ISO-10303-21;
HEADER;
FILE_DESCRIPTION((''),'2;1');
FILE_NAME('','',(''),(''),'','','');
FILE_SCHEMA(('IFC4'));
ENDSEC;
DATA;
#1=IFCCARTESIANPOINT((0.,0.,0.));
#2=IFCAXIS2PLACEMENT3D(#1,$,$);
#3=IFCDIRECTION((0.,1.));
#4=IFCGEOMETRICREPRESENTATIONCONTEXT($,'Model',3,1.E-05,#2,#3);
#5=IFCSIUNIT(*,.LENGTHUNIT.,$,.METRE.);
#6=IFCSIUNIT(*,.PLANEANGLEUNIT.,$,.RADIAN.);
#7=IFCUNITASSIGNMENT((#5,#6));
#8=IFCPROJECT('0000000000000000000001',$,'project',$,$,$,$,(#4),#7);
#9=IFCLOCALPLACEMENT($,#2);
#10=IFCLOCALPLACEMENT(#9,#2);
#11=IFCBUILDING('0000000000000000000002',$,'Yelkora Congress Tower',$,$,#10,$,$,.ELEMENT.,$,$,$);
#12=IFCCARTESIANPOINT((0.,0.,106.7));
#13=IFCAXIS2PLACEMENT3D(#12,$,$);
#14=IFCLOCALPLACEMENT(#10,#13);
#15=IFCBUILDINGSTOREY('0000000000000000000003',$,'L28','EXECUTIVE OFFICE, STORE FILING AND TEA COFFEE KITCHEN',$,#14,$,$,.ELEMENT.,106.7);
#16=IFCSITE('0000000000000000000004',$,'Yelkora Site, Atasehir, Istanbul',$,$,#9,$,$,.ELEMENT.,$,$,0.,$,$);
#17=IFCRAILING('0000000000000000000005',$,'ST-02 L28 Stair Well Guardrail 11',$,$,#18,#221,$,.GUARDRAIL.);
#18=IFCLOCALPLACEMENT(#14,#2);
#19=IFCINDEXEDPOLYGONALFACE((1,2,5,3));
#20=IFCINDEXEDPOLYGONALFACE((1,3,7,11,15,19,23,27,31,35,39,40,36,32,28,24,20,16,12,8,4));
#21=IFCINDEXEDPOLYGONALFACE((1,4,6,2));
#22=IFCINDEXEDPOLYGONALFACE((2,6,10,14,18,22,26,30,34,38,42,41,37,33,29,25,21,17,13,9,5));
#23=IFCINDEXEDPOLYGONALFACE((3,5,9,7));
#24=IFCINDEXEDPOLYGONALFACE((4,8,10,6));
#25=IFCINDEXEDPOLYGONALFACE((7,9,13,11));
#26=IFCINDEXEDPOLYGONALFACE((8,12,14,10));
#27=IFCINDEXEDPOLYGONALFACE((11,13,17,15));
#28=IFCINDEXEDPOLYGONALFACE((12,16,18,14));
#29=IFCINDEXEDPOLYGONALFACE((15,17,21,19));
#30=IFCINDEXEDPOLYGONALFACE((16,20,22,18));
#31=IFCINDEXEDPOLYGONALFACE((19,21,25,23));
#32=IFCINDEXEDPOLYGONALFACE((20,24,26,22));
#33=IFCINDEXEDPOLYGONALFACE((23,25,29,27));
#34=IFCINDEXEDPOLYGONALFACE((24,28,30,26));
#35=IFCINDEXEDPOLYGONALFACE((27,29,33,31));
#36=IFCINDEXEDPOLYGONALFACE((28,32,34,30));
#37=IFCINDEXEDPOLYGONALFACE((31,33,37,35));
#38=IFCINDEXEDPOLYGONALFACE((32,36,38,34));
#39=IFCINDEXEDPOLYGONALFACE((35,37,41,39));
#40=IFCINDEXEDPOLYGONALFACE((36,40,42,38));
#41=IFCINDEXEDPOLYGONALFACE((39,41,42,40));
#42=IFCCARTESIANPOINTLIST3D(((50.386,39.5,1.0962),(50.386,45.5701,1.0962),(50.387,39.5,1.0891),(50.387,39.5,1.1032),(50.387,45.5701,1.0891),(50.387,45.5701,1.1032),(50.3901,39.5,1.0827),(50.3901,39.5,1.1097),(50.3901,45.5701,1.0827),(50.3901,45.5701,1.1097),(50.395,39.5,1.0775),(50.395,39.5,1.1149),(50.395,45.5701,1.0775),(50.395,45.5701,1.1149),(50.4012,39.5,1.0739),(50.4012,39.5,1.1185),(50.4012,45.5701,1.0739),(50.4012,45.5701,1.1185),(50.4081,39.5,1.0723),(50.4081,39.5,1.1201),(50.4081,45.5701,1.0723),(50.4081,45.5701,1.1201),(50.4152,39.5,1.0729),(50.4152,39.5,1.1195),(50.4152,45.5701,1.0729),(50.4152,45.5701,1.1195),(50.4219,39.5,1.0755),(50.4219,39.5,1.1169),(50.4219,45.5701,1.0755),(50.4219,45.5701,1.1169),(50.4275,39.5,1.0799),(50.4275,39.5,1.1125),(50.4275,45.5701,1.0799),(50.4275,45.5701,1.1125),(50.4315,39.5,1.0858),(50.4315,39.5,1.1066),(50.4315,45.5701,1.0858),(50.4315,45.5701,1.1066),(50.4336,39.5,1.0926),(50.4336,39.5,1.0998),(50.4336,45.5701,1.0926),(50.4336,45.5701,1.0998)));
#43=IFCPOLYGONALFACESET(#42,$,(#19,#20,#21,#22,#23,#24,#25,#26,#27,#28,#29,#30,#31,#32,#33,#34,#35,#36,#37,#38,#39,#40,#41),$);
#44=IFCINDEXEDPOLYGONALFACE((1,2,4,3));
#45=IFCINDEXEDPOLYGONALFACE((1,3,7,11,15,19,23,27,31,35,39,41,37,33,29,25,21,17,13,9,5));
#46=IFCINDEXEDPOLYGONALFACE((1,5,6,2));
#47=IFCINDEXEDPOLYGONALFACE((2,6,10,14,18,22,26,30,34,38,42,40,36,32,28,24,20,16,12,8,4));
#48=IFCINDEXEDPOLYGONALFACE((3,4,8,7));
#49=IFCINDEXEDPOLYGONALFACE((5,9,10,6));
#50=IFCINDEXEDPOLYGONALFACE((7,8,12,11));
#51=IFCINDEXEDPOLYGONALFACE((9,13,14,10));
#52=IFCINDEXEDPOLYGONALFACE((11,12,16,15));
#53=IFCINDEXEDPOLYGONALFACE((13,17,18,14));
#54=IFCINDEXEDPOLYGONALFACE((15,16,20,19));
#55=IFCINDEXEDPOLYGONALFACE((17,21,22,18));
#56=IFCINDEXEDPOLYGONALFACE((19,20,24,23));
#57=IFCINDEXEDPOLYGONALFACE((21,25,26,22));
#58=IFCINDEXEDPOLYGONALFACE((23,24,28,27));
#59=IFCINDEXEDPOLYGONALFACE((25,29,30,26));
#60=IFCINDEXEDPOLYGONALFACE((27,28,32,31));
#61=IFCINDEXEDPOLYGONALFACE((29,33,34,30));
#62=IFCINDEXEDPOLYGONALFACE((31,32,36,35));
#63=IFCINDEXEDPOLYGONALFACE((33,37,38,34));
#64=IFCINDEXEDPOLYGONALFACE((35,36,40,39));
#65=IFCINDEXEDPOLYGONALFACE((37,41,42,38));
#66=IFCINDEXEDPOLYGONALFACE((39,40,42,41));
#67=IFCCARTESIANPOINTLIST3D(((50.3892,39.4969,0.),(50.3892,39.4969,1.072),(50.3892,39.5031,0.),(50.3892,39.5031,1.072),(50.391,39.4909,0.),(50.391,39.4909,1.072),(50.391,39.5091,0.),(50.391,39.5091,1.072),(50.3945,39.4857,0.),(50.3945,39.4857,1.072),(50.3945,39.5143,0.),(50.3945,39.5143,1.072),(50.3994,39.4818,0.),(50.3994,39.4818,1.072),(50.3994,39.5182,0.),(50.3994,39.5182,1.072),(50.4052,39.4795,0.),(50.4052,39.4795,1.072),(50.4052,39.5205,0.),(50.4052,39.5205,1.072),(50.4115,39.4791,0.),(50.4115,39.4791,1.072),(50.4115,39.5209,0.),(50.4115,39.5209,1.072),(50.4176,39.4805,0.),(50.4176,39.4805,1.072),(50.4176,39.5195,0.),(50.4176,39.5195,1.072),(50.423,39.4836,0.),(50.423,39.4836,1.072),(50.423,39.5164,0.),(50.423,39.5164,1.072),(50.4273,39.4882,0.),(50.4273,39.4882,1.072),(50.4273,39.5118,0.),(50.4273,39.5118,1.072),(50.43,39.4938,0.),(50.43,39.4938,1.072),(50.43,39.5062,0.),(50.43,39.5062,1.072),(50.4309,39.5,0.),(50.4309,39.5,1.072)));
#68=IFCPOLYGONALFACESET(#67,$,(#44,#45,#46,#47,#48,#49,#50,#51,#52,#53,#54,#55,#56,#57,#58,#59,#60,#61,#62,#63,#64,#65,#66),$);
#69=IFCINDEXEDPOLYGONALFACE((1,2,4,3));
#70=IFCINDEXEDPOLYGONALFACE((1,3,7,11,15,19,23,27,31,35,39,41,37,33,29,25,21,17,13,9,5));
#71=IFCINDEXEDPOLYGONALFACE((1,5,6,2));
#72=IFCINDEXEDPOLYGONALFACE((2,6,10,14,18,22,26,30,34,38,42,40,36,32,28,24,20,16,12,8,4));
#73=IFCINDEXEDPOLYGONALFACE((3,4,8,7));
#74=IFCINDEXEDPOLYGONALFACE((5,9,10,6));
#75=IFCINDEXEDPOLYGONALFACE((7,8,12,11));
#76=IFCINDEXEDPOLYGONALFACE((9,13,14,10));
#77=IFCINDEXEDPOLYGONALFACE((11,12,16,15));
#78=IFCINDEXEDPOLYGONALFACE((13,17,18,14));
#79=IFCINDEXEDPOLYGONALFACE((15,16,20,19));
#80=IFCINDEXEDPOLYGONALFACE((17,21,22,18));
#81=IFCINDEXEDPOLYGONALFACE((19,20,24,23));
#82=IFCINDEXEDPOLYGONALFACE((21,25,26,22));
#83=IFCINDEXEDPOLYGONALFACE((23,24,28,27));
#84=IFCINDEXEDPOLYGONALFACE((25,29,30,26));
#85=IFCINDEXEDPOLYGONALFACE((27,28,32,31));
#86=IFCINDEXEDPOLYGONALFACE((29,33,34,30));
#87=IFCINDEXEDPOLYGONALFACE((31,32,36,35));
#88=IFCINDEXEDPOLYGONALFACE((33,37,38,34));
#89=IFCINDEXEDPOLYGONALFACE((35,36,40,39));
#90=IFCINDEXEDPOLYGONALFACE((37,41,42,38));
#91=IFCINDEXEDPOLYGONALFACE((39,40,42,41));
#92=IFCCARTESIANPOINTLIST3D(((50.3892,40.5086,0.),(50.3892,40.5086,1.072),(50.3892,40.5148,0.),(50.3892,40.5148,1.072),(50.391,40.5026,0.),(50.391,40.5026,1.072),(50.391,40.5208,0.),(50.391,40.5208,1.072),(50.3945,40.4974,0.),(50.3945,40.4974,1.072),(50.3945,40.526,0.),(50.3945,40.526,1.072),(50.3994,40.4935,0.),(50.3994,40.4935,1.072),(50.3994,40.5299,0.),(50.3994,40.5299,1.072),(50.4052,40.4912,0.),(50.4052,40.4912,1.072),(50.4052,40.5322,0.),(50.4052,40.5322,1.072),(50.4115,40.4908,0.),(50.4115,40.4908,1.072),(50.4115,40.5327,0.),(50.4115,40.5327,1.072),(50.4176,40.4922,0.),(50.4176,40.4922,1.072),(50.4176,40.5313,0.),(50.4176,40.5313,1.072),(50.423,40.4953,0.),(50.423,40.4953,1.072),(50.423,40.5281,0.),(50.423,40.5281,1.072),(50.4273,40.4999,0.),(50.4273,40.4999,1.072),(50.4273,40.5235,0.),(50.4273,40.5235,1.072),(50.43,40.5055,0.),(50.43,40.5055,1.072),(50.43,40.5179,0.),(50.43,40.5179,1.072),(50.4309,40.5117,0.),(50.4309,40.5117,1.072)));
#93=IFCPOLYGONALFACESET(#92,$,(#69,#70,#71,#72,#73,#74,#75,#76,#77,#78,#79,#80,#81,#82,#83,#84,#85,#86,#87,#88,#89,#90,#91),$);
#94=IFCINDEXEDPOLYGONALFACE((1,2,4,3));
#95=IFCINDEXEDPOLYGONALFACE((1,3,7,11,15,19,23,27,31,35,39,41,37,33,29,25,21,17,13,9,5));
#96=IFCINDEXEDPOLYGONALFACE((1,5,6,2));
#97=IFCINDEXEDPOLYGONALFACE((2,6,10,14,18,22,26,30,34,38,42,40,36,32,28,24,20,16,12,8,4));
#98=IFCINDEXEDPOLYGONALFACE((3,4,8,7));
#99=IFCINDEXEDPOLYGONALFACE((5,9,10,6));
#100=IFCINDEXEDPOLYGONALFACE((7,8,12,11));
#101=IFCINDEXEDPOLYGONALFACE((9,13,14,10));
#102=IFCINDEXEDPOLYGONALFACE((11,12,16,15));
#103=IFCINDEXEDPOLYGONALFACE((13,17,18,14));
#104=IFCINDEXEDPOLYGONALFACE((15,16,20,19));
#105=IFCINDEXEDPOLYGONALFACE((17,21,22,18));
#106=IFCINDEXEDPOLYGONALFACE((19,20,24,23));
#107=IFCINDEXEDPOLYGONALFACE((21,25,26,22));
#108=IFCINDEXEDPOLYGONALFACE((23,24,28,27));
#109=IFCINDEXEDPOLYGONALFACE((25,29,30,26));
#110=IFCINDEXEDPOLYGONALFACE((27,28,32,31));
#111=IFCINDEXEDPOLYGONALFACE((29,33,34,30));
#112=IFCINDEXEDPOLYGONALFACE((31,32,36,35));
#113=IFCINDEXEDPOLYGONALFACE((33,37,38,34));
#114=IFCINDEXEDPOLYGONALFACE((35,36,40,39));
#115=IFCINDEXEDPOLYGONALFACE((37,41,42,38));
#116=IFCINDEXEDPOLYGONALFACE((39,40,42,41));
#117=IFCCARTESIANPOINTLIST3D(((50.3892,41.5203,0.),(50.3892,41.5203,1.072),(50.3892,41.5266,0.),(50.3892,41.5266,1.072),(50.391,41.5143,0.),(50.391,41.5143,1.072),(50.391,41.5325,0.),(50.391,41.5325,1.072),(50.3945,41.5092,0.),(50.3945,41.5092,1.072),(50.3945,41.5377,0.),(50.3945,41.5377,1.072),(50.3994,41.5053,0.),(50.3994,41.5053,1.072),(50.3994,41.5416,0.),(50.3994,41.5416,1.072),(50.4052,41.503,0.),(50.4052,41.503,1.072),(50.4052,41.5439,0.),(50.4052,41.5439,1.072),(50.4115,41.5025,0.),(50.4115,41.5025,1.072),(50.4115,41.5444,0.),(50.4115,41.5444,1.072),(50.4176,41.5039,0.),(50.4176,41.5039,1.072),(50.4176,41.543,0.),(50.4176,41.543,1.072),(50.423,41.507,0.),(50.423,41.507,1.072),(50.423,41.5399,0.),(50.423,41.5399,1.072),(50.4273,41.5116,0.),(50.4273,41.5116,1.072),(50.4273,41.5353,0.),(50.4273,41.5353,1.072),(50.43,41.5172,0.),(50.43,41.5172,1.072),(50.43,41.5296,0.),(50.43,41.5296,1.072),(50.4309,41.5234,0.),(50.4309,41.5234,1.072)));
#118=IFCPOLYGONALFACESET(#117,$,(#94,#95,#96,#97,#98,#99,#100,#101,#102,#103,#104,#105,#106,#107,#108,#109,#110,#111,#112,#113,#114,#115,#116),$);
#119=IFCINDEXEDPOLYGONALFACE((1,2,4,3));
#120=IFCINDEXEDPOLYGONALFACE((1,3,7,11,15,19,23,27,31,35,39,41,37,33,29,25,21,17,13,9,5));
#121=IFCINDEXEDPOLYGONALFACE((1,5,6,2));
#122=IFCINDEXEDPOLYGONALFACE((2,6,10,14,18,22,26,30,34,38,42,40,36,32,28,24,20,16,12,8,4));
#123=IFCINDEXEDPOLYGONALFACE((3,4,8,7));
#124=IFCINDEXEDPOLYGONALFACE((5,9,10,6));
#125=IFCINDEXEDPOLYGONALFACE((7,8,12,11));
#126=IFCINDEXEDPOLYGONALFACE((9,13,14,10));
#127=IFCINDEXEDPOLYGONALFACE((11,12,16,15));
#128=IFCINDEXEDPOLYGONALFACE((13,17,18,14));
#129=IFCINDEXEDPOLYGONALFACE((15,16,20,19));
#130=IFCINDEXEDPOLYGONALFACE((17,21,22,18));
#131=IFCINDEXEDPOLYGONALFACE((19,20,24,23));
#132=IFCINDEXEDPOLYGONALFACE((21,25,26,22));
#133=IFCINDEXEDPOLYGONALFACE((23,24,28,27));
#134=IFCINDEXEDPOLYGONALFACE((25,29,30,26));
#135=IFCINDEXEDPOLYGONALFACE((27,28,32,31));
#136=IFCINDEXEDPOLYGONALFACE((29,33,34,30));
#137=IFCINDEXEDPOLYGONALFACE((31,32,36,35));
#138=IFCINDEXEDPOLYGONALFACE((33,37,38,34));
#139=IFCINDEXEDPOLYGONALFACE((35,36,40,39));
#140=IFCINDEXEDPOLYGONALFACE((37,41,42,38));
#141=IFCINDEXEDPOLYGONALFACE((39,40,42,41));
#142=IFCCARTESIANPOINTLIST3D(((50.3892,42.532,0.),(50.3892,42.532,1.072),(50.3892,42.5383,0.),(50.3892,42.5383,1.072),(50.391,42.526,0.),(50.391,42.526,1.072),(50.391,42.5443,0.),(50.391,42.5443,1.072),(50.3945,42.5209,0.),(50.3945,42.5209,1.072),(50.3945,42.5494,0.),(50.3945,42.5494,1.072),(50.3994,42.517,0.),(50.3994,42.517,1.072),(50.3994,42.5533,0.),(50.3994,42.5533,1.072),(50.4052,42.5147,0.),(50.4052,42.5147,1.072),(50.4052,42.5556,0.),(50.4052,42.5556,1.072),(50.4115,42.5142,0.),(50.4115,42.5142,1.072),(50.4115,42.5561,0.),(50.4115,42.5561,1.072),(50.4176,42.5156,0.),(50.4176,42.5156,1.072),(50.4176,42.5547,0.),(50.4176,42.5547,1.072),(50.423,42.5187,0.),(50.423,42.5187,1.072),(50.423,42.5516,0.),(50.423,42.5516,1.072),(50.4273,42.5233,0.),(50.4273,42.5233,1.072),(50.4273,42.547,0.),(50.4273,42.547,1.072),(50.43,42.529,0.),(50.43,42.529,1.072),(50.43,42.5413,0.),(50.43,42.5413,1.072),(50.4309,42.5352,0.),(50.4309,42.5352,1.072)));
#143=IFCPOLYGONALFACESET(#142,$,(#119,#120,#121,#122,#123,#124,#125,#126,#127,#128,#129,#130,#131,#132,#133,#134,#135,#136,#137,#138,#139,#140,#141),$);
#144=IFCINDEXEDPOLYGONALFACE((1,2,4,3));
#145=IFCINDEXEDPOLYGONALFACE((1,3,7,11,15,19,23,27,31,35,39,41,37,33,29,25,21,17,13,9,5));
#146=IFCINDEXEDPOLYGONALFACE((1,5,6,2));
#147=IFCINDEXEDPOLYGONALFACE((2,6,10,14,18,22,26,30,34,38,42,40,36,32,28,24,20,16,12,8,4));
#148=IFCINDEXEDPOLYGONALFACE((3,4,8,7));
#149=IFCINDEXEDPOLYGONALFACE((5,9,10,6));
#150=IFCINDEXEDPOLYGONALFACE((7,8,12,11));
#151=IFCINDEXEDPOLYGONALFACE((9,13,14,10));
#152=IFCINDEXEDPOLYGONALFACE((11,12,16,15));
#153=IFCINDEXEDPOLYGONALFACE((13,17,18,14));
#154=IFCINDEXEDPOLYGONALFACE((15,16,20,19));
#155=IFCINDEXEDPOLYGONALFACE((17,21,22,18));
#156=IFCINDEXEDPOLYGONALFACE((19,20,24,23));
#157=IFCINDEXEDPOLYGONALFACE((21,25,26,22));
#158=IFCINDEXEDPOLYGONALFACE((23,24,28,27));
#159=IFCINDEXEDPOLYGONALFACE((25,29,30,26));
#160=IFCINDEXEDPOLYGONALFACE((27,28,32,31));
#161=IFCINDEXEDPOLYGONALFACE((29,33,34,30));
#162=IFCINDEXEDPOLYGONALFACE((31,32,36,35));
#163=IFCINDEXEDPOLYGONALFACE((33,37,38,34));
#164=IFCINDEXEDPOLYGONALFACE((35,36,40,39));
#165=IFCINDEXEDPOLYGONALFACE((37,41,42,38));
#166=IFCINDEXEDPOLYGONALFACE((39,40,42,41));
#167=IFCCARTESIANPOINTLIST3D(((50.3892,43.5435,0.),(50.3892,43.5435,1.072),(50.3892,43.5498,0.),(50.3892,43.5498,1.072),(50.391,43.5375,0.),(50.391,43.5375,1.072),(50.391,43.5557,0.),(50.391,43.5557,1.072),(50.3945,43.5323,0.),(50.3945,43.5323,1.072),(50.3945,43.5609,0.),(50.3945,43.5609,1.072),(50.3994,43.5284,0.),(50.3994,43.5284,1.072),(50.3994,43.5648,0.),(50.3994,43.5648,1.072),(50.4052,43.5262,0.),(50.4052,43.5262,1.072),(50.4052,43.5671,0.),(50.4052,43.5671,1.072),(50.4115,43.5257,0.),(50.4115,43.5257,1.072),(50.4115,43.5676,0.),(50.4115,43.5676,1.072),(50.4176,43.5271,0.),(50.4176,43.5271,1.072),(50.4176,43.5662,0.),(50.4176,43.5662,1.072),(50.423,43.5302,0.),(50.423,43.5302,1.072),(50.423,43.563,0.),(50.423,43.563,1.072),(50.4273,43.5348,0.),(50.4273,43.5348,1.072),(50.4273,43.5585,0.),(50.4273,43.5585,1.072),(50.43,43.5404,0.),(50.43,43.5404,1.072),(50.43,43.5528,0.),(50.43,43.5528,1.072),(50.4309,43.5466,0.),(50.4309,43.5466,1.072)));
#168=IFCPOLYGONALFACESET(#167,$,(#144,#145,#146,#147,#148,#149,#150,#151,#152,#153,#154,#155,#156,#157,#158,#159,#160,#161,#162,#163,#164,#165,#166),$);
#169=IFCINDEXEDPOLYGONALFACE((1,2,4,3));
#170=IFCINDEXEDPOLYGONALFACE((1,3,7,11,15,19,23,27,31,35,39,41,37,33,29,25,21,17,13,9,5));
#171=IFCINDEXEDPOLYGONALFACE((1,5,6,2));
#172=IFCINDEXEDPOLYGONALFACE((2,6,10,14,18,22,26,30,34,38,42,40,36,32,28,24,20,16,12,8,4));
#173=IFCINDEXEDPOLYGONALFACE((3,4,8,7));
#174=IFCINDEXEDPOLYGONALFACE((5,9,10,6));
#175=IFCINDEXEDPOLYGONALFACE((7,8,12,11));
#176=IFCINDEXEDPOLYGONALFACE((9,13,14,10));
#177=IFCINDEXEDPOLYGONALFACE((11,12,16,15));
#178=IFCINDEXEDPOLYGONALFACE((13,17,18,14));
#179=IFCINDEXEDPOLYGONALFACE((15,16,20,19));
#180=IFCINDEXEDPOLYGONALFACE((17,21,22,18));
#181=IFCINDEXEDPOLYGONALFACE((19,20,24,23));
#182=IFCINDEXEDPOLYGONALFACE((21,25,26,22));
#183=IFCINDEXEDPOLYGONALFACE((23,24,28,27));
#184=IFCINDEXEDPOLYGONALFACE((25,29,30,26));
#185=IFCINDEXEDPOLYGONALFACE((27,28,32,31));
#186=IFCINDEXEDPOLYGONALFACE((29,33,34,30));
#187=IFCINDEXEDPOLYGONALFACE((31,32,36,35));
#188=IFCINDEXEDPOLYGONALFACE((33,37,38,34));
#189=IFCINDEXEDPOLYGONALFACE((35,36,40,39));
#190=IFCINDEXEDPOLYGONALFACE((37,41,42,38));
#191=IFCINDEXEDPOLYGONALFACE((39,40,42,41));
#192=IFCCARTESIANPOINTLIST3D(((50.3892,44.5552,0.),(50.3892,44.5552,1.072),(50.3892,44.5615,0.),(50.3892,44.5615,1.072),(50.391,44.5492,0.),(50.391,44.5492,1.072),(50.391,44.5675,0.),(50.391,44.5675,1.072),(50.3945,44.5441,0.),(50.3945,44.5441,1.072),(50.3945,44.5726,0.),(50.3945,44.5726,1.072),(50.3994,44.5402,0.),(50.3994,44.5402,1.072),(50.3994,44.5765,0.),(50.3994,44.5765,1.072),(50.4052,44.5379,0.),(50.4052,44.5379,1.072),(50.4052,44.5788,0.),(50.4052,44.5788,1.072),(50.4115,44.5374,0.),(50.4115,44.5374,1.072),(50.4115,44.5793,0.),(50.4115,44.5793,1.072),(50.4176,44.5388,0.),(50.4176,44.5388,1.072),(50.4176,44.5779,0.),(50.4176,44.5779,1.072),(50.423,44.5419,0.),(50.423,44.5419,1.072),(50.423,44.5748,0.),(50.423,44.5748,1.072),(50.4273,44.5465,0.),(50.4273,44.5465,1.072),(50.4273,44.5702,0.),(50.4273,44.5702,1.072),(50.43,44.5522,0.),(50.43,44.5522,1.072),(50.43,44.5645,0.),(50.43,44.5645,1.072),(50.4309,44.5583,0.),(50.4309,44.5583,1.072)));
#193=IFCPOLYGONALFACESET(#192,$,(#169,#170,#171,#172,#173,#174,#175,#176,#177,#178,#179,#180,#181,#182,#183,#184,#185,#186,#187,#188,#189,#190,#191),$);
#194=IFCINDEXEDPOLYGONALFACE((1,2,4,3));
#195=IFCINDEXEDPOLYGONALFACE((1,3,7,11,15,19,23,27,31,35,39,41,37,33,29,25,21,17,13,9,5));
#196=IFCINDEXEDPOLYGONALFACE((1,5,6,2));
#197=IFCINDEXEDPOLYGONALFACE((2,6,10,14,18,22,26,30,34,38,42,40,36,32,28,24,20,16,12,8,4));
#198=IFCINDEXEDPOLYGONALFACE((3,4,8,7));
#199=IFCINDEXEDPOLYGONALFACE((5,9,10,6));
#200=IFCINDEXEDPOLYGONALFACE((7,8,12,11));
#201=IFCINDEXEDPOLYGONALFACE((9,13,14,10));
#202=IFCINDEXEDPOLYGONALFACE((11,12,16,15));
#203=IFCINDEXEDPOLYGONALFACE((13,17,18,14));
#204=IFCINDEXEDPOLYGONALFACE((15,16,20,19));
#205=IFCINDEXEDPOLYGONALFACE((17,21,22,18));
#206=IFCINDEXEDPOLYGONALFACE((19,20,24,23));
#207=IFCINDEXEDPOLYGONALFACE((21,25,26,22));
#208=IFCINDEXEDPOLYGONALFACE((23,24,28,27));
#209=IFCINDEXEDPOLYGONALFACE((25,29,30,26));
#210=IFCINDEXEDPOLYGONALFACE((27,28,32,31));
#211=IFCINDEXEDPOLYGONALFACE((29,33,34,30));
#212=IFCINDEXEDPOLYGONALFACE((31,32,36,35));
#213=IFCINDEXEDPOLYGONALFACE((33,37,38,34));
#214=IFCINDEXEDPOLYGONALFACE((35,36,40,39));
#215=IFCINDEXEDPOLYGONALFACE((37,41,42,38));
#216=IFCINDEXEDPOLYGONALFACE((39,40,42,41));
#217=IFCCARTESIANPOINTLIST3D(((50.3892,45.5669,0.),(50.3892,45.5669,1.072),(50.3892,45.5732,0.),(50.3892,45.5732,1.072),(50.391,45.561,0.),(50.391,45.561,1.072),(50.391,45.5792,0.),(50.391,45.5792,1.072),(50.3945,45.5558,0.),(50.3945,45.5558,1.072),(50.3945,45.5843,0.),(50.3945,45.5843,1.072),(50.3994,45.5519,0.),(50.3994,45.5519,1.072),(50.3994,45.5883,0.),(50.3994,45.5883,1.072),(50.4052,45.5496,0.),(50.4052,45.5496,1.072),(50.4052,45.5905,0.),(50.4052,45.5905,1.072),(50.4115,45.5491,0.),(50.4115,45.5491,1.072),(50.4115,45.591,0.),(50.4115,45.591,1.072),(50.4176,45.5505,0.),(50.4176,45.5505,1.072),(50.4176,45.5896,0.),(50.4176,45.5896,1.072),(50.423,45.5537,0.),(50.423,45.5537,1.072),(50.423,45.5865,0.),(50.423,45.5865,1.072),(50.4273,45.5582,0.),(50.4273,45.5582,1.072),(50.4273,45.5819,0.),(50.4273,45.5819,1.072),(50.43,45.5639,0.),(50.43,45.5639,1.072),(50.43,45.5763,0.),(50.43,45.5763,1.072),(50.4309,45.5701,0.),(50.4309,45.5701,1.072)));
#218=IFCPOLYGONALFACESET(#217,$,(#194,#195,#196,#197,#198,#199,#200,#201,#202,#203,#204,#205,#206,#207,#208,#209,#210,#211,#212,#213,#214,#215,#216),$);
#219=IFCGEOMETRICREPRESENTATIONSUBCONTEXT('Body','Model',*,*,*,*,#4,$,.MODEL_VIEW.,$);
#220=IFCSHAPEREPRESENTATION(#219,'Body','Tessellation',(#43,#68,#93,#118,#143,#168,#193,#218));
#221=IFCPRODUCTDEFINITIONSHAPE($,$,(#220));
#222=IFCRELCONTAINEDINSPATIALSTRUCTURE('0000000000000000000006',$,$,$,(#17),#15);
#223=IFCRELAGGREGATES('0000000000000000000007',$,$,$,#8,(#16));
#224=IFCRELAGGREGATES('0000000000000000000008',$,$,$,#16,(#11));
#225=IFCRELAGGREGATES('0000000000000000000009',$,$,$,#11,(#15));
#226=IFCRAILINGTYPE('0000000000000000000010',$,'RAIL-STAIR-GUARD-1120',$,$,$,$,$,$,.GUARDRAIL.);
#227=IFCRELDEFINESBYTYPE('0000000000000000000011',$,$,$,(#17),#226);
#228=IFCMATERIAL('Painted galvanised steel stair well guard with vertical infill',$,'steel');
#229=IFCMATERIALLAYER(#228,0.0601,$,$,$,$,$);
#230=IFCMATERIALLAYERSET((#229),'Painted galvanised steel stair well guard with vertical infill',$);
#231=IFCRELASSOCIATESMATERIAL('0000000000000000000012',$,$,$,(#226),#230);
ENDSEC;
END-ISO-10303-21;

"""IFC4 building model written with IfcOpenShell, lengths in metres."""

from ifc_helpers import new_model, si_unit, direction, frame, origin, origin_2d, place, context, subcontext, project, spatial, circle, extrude, material, layer, layer_set, type_object, element, save


model = new_model("IFC4")

# Units and contexts
model_context = context("Model", 3, precision=1e-05, world=origin(), true_north=direction((0.0, 1.0)))
body_context = subcontext(model_context, "Body", "Model", "MODEL_VIEW")
ifc_project = project(units=[si_unit("LENGTHUNIT", "METRE"), si_unit("PLANEANGLEUNIT", "RADIAN")], contexts=[model_context])

# Site, building, storey
site_placement = place(None, origin())
site = spatial("IfcSite", under=ifc_project, at=site_placement, Name="Yelkora Site, Atasehir, Istanbul", CompositionType="ELEMENT", RefElevation=0.0)
building_placement = place(site_placement, origin())
building = spatial("IfcBuilding", under=site, at=building_placement, Name="Yelkora Congress Tower", CompositionType="ELEMENT")
storey_placement = place(building_placement, frame((0.0, 0.0, 106.7)))
storey = spatial("IfcBuildingStorey", under=building, at=storey_placement, Name="L28", Description="EXECUTIVE OFFICE, STORE FILING AND TEA COFFEE KITCHEN", CompositionType="ELEMENT", Elevation=106.7)

# Railing
ifc_material_1 = material(Name="Painted galvanised steel stair well guard with vertical infill", Category="steel")
ifc_layer_1 = layer(ifc_material_1, 0.0601)
ifc_layer_set_1 = layer_set([ifc_layer_1], Name="Painted galvanised steel stair well guard with vertical infill")
railing_type_1 = type_object("IfcRailingType", Name="RAIL-STAIR-GUARD-1120", PredefinedType="GUARDRAIL", material=ifc_layer_set_1)
railing_1_placement = place(storey_placement, frame((50.4099, 39.5, 0.0)))
element("IfcRailing", 1, at=railing_1_placement, inside=storey, type_object=railing_type_1, Name="ST-02 L28 Stair Well Guardrail 11", PredefinedType="GUARDRAIL", context=body_context, shape_type="SweptSolid", body=[
    extrude(circle(Radius=0.0239, at=origin_2d()), frame((0.0, 0.0, 1.0962), z_axis=(0.0, 1.0, 0.0), x_axis=(-1.0, 0.0, 0.0)), (0.0, 0.0, 1.0), 6.0701),
    extrude(circle(Radius=0.021, at=origin_2d()), origin(), (0.0, 0.0, 1.0), 1.072),
    extrude(circle(Radius=0.021, at=origin_2d()), frame((0.0, 1.0117, 0.0)), (0.0, 0.0, 1.0), 1.072),
    extrude(circle(Radius=0.021, at=origin_2d()), frame((0.0, 2.0234, 0.0)), (0.0, 0.0, 1.0), 1.072),
    extrude(circle(Radius=0.021, at=origin_2d()), frame((0.0, 3.0352, 0.0)), (0.0, 0.0, 1.0), 1.072),
    extrude(circle(Radius=0.021, at=origin_2d()), frame((0.0, 4.0466, 0.0)), (0.0, 0.0, 1.0), 1.072),
    extrude(circle(Radius=0.021, at=origin_2d()), frame((0.0, 5.0583, 0.0)), (0.0, 0.0, 1.0), 1.072),
    extrude(circle(Radius=0.021, at=origin_2d()), frame((0.0, 6.0701, 0.0)), (0.0, 0.0, 1.0), 1.072),
])

save(model, "model.ifc")
